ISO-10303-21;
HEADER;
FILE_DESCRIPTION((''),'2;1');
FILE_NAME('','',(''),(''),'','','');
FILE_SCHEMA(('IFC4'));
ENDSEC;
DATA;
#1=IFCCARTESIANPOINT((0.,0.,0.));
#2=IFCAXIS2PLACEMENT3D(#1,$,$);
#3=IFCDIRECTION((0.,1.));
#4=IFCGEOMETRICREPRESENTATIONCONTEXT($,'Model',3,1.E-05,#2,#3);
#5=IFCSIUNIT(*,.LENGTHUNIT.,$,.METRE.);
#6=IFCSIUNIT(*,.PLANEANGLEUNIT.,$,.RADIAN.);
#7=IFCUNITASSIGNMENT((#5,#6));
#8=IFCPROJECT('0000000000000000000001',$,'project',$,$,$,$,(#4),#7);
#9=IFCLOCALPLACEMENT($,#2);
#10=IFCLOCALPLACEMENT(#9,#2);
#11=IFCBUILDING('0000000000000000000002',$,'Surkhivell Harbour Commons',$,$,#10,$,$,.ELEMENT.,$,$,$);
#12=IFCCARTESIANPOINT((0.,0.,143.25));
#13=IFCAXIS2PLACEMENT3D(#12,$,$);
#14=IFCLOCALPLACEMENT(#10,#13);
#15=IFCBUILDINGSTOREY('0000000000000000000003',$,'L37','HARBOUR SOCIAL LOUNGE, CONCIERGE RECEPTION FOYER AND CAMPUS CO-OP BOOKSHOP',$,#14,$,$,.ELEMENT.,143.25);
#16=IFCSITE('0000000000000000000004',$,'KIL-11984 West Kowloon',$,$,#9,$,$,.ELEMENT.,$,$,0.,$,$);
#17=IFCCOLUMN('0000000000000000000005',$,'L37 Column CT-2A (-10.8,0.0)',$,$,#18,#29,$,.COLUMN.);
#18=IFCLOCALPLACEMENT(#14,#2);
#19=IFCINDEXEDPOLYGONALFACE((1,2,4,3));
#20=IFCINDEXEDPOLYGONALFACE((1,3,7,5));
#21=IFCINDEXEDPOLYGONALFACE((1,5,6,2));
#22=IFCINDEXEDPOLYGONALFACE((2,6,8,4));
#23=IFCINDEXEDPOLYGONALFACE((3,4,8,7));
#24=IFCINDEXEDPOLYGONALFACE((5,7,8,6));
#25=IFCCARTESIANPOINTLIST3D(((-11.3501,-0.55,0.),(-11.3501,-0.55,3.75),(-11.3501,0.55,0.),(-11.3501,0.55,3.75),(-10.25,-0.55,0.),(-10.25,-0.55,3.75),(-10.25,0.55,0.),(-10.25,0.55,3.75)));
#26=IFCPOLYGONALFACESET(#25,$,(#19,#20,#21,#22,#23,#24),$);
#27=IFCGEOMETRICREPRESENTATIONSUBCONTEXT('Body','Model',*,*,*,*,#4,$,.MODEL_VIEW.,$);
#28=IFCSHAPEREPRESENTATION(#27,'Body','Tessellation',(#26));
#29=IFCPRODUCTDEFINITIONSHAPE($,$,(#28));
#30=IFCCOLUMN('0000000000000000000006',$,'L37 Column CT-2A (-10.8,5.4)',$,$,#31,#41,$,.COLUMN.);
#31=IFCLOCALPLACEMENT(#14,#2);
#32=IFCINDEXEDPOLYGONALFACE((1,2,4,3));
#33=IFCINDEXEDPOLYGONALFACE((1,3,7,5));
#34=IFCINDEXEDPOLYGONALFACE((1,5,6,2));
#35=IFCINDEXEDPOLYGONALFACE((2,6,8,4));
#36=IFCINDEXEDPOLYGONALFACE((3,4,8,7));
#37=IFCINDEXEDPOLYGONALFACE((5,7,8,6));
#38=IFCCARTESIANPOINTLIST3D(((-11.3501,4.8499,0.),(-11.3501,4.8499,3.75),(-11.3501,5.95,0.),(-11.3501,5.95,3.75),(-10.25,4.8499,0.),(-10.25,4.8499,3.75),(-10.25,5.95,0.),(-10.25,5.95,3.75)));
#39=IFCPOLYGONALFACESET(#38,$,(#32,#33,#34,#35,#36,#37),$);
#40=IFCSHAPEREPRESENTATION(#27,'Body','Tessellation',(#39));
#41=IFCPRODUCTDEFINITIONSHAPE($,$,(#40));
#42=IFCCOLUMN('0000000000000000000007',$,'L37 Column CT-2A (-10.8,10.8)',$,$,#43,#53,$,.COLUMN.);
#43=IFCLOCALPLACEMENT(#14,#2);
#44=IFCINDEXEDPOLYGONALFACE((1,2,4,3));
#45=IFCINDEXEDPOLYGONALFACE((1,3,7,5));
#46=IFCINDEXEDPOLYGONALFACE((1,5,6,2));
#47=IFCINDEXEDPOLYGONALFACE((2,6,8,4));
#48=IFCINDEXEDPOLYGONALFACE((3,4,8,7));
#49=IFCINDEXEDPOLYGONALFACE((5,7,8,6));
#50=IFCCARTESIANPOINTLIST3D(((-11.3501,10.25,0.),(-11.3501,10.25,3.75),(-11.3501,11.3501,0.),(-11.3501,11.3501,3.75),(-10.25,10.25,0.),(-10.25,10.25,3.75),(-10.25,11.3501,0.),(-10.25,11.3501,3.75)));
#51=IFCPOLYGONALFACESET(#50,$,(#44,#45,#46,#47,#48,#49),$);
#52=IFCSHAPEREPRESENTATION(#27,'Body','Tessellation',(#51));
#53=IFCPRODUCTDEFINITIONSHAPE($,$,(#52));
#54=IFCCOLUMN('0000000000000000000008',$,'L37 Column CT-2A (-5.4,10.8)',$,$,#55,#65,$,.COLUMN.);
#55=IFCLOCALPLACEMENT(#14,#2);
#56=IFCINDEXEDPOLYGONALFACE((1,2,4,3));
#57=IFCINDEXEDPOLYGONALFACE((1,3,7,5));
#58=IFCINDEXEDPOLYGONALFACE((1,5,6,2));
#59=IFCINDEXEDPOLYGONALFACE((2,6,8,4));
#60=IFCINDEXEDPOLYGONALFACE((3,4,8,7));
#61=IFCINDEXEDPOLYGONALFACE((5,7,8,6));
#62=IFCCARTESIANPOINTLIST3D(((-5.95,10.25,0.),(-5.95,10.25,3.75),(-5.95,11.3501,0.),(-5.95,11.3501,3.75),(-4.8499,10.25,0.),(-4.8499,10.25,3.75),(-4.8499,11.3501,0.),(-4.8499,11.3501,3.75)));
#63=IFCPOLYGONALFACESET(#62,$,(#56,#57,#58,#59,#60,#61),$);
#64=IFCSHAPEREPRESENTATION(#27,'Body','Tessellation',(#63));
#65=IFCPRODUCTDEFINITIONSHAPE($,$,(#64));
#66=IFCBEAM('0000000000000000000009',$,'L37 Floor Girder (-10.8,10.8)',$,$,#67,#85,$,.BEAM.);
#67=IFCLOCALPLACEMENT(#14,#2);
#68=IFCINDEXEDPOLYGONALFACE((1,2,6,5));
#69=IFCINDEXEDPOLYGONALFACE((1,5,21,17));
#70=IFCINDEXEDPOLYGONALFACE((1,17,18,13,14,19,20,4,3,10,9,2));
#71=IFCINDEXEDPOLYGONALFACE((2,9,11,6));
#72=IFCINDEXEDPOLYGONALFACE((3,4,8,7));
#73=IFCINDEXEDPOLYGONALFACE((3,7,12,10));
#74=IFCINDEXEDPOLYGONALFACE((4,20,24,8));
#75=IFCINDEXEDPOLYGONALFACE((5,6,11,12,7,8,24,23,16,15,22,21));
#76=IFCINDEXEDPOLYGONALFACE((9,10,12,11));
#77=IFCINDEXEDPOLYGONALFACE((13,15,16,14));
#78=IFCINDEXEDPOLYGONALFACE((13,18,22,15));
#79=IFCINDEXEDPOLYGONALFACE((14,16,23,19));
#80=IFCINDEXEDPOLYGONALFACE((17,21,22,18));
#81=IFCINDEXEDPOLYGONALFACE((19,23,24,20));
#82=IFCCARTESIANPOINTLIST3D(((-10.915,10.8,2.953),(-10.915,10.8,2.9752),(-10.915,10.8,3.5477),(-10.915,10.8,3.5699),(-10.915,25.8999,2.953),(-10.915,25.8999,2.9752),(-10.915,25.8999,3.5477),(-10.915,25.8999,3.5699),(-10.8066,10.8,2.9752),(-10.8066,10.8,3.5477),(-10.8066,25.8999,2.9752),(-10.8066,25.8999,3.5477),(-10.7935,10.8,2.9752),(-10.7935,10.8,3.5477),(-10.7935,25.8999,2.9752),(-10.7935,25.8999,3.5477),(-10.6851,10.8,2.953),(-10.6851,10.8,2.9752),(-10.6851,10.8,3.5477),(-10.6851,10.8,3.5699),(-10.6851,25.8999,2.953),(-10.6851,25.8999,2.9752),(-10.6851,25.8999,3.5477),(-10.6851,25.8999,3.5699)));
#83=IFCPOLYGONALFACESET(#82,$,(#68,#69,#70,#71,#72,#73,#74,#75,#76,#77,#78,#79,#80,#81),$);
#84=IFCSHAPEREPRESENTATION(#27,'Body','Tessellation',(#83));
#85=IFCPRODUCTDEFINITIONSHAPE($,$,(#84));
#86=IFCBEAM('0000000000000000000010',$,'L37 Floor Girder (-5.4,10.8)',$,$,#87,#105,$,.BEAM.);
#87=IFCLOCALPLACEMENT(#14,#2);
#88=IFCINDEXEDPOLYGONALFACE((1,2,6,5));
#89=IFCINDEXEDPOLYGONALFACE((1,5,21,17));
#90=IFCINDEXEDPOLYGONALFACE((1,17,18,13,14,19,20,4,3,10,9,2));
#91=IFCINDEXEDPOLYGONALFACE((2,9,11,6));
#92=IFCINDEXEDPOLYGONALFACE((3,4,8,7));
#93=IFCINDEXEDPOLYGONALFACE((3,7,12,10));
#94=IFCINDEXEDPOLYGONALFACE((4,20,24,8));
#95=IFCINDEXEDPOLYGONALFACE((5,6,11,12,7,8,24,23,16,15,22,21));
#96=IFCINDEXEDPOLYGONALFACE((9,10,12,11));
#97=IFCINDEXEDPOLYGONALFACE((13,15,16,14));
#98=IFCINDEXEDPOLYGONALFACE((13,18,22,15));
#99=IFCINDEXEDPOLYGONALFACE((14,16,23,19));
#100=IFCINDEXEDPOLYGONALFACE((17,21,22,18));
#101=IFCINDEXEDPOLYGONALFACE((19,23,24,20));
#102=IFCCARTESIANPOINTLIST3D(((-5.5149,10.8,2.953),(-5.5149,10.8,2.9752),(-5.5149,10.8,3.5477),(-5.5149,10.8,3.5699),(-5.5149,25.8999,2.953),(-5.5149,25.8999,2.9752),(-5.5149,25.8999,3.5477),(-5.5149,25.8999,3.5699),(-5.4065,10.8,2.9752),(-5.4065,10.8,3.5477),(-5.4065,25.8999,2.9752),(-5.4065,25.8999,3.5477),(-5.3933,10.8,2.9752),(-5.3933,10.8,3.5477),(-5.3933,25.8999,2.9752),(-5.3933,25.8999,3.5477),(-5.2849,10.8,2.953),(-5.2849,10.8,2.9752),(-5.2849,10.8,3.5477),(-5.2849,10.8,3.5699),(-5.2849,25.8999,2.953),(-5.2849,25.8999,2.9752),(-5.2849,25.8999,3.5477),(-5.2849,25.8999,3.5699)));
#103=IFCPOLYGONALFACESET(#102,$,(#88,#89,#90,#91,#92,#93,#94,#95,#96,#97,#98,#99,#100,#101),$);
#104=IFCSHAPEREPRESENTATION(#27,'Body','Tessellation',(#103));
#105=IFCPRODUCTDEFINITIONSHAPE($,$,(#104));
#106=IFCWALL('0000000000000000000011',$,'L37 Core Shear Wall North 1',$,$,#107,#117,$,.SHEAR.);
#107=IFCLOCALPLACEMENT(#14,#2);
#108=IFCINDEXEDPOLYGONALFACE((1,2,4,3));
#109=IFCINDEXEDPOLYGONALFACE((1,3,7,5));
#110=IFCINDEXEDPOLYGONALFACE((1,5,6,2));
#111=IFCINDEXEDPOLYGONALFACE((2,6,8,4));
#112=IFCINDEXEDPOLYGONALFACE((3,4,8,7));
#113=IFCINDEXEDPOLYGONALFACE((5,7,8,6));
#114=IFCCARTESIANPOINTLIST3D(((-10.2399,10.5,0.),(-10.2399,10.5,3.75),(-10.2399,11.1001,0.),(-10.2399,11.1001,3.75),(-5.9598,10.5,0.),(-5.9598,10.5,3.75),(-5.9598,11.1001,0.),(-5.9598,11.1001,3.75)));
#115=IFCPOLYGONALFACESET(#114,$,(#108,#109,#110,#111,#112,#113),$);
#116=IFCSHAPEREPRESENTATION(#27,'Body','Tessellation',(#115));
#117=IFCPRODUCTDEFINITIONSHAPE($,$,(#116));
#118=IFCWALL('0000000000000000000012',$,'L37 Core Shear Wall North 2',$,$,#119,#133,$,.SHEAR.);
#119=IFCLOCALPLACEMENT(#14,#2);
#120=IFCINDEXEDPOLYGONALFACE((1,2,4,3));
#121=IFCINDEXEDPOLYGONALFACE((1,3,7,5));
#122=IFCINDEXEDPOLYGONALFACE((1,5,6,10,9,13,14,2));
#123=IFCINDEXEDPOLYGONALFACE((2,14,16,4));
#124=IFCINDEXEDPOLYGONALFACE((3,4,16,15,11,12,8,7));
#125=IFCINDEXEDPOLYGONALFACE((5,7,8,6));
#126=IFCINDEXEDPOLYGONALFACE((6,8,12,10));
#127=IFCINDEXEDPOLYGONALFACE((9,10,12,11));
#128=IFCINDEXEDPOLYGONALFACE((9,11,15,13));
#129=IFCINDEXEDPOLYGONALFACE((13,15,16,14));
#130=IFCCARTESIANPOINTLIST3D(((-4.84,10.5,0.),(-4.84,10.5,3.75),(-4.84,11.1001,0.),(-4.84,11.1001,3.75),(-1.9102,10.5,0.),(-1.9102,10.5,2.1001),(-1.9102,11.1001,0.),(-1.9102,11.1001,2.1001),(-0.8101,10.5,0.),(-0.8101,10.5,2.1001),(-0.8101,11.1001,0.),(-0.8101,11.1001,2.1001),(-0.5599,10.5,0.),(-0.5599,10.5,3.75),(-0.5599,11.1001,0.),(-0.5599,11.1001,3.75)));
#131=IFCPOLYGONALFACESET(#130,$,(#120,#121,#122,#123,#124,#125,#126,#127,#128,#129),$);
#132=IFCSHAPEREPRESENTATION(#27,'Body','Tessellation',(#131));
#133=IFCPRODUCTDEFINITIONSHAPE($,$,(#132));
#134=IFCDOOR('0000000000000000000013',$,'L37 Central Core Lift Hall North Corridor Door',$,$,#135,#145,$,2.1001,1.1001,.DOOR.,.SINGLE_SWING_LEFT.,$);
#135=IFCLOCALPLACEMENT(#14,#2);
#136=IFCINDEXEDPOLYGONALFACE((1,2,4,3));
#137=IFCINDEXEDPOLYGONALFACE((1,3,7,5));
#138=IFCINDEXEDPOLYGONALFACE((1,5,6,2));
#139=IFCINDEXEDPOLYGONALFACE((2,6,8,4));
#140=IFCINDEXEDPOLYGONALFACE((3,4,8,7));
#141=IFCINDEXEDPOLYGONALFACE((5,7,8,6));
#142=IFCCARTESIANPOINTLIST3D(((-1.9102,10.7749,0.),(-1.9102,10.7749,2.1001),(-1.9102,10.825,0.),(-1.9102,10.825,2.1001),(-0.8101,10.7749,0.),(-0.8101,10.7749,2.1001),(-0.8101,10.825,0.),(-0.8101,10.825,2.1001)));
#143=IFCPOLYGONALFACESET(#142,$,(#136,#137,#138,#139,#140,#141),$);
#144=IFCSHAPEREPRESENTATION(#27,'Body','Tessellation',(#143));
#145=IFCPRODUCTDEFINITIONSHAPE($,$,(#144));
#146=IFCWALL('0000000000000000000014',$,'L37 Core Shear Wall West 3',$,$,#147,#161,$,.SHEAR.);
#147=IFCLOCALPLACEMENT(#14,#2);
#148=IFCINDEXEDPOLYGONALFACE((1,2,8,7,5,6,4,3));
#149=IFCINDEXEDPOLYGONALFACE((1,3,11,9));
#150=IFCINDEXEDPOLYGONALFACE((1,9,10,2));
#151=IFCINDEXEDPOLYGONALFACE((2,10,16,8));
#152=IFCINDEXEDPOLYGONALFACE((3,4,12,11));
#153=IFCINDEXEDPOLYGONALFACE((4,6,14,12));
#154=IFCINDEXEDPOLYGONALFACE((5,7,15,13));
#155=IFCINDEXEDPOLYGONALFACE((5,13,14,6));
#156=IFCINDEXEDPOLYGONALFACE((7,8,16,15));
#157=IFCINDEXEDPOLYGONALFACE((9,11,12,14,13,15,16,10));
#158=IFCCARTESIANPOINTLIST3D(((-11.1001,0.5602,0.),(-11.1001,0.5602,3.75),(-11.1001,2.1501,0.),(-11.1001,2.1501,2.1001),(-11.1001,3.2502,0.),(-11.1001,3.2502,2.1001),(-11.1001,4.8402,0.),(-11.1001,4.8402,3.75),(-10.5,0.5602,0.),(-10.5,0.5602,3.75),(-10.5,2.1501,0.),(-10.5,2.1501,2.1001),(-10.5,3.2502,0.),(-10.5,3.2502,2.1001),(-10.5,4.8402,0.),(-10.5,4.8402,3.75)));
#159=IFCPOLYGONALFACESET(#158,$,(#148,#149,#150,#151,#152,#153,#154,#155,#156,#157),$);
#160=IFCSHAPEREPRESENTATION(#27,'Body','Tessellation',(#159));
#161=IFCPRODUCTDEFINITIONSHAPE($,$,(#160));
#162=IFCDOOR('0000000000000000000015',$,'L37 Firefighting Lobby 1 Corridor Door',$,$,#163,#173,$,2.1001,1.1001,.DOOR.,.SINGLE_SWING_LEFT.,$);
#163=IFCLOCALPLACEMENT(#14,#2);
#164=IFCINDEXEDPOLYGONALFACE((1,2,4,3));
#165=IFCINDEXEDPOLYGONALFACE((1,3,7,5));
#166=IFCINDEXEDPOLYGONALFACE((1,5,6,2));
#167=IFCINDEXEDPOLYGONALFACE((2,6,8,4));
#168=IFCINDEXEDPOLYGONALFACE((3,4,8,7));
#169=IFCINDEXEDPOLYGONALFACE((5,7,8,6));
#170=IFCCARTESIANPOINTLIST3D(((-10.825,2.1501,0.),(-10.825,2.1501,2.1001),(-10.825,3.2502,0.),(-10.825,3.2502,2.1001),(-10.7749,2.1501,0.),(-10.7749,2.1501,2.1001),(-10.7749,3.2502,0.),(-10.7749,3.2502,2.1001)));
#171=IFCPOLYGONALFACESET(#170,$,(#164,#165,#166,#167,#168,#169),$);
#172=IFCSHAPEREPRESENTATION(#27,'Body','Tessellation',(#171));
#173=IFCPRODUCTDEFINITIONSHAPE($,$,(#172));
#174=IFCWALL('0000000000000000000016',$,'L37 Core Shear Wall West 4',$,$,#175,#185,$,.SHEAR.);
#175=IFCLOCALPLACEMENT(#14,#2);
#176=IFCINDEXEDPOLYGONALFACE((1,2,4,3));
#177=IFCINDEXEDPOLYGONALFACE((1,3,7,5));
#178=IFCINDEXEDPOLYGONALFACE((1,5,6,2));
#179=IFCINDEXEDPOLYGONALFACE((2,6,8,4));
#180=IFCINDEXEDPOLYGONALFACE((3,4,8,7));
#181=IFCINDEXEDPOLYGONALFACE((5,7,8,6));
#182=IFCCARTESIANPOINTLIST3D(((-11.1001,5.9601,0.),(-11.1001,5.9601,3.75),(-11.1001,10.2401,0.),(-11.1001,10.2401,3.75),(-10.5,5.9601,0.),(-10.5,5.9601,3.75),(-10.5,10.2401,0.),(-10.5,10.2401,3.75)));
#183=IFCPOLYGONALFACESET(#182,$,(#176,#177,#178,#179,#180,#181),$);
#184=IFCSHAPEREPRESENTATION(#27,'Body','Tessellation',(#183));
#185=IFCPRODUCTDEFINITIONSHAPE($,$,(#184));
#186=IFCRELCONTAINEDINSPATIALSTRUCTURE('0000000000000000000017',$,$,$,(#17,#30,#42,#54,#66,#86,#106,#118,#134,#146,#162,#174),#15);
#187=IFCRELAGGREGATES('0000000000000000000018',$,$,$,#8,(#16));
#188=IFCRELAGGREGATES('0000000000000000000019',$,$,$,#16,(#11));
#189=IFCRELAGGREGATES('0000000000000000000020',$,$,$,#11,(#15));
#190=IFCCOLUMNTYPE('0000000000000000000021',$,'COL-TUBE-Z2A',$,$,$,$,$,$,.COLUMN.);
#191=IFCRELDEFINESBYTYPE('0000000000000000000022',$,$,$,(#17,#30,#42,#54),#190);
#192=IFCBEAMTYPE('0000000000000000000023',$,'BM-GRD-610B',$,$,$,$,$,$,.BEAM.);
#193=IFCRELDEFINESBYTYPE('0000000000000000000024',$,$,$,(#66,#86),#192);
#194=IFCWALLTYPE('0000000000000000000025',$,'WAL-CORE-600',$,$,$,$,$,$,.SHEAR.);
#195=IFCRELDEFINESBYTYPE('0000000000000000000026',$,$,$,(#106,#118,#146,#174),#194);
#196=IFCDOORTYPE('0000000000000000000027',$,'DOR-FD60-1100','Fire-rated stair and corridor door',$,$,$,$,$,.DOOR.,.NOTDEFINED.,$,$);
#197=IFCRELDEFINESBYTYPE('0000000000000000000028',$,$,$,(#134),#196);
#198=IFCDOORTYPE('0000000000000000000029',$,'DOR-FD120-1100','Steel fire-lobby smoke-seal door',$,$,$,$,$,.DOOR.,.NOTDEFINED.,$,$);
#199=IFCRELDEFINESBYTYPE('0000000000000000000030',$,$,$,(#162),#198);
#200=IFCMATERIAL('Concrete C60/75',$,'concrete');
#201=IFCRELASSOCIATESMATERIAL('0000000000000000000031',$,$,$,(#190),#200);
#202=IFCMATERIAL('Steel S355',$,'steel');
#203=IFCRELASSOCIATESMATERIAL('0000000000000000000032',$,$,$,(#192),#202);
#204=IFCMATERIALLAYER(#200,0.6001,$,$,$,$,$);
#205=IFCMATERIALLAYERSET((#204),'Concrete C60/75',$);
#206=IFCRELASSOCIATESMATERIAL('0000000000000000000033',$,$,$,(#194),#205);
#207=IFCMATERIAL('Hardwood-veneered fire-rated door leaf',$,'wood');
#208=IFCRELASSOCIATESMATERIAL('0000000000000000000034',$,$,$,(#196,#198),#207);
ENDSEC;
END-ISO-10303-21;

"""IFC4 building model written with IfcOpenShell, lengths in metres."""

from ifc_helpers import new_model, si_unit, direction, frame, frame_2d, origin, origin_2d, place, context, subcontext, project, spatial, rectangle, i_section, extrude, material, layer, layer_set, material_profile, profile_set, type_object, element, fill, save


model = new_model("IFC4")

# Units and contexts
model_context = context("Model", 3, precision=1e-05, world=origin(), true_north=direction((0.0, 1.0)))
body_context = subcontext(model_context, "Body", "Model", "MODEL_VIEW")
ifc_project = project(units=[si_unit("LENGTHUNIT", "METRE"), si_unit("PLANEANGLEUNIT", "RADIAN")], contexts=[model_context])

# Site, building, storey
site_placement = place(None, origin())
site = spatial("IfcSite", under=ifc_project, at=site_placement, Name="KIL-11984 West Kowloon", CompositionType="ELEMENT", RefElevation=0.0)
building_placement = place(site_placement, origin())
building = spatial("IfcBuilding", under=site, at=building_placement, Name="Surkhivell Harbour Commons", CompositionType="ELEMENT")
storey_placement = place(building_placement, frame((0.0, 0.0, 143.25)))
storey = spatial("IfcBuildingStorey", under=building, at=storey_placement, Name="L37", Description="HARBOUR SOCIAL LOUNGE, CONCIERGE RECEPTION FOYER AND CAMPUS CO-OP BOOKSHOP", CompositionType="ELEMENT", Elevation=143.25)

# Columns
ifc_material_1 = material(Name="Concrete C60/75", Category="concrete")
ifc_material_profile_1 = material_profile(ifc_material_1, rectangle(XDim=1.1001, YDim=1.1001, at=origin_2d()), Name="RC-COL-1100x1100")
ifc_profile_set_1 = profile_set([ifc_material_profile_1], Name="Concrete C60/75")
column_type = type_object("IfcColumnType", Name="COL-TUBE-Z2A", PredefinedType="COLUMN", material=ifc_profile_set_1)
for number, where, z_axis, x_axis, name in (
    (1, (-10.8, 0.0, 0.0), (0.0, 0.0, 1.0), (1.0, 0.0, 0.0), "L37 Column CT-2A (-10.8,0.0)"),
    (2, (-10.8, 5.3999, 0.0), (0.0, 0.0, 1.0), (1.0, 0.0, 0.0), "L37 Column CT-2A (-10.8,5.4)"),
    (3, (-10.8, 10.8, 0.0), (0.0, 0.0, 1.0), (1.0, 0.0, 0.0), "L37 Column CT-2A (-10.8,10.8)"),
    (4, (-5.3999, 10.8, 0.0), (0.0, 0.0, 1.0), (1.0, 0.0, 0.0), "L37 Column CT-2A (-5.4,10.8)"),
):
    element("IfcColumn", number, at=place(storey_placement, frame(where, z_axis=z_axis, x_axis=x_axis)), inside=storey, type_object=column_type, Name=name, PredefinedType="COLUMN", context=body_context, shape_type="SweptSolid", body=[
        extrude(rectangle(XDim=1.1001, YDim=1.1001, at=origin_2d()), origin(), (0.0, 0.0, 1.0), 3.75),
    ])

# Beams
ifc_material_2 = material(Name="Steel S355", Category="steel")
ifc_material_profile_2 = material_profile(ifc_material_2, i_section(OverallWidth=0.23, OverallDepth=0.6169, WebThickness=0.0132, FlangeThickness=0.0222, at=origin_2d()), Name="UB610x229x140")
ifc_profile_set_2 = profile_set([ifc_material_profile_2], Name="Steel S355")
beam_type = type_object("IfcBeamType", Name="BM-GRD-610B", PredefinedType="BEAM", material=ifc_profile_set_2)
for number, where, z_axis, x_axis, name in (
    (5, (-10.8, 10.8, 3.2615), (0.0, 1.0, 0.0), (-1.0, 0.0, 0.0), "L37 Floor Girder (-10.8,10.8)"),
    (6, (-5.3999, 10.8, 3.2615), (0.0, 1.0, 0.0), (-1.0, 0.0, 0.0), "L37 Floor Girder (-5.4,10.8)"),
):
    element("IfcBeam", number, at=place(storey_placement, frame(where, z_axis=z_axis, x_axis=x_axis)), inside=storey, type_object=beam_type, Name=name, PredefinedType="BEAM", context=body_context, shape_type="SweptSolid", body=[
        extrude(i_section(OverallWidth=0.23, OverallDepth=0.6169, WebThickness=0.0132, FlangeThickness=0.0222, at=origin_2d()), origin(), (0.0, 0.0, 1.0), 15.0999),
    ])

# Wall
ifc_layer_1 = layer(ifc_material_1, 0.6001)
ifc_layer_set_1 = layer_set([ifc_layer_1], Name="Concrete C60/75")
wall_type_1 = type_object("IfcWallType", Name="WAL-CORE-600", PredefinedType="SHEAR", material=ifc_layer_set_1)
wall_1_placement = place(storey_placement, frame((-10.24, 10.8, 0.0), z_axis=(0.0, 0.0, 1.0), x_axis=(1.0, 0.0, 0.0)))
element("IfcWall", 7, at=wall_1_placement, inside=storey, type_object=wall_type_1, Name="L37 Core Shear Wall North 1", PredefinedType="SHEAR", context=body_context, shape_type="SweptSolid", body=[
    extrude(rectangle(XDim=4.28, YDim=0.6001, at=frame_2d((2.1401, 0.0))), origin(), (0.0, 0.0, 1.0), 3.75),
])

# Walls, openings, doors
wall_2_placement = place(storey_placement, frame((-4.8401, 10.8, 0.0), z_axis=(0.0, 0.0, 1.0), x_axis=(1.0, 0.0, 0.0)))
wall_2 = element("IfcWall", 8, at=wall_2_placement, inside=storey, type_object=wall_type_1, Name="L37 Core Shear Wall North 2", PredefinedType="SHEAR", context=body_context, shape_type="SweptSolid", body=[
    extrude(rectangle(XDim=4.28, YDim=0.6001, at=frame_2d((2.1401, 0.0))), origin(), (0.0, 0.0, 1.0), 3.75),
])
opening_1_placement = place(wall_2_placement, frame((2.9299, 0.0, 0.0)))
opening_1 = element("IfcOpeningElement", 9, at=opening_1_placement, cuts=wall_2, PredefinedType="OPENING", context=body_context, shape_type="SweptSolid", body=[
    extrude(rectangle(XDim=1.1001, YDim=2.1001, at=frame_2d((0.55, 1.05))), frame((0.0, 0.3101, 0.0), z_axis=(0.0, -1.0, 0.0), x_axis=(1.0, 0.0, 0.0)), (0.0, 0.0, 1.0), 0.6201),
])
ifc_material_3 = material(Name="Hardwood-veneered fire-rated door leaf", Category="wood")
door_type_1 = type_object("IfcDoorType", Name="DOR-FD60-1100", Description="Fire-rated stair and corridor door", OperationType="NOTDEFINED", PredefinedType="DOOR", material=ifc_material_3)
door_1_placement = place(opening_1_placement, origin())
door_1 = element("IfcDoor", 10, at=door_1_placement, inside=storey, type_object=door_type_1, Name="L37 Central Core Lift Hall North Corridor Door", OperationType="SINGLE_SWING_LEFT", OverallHeight=2.1001, OverallWidth=1.1001, PredefinedType="DOOR", context=body_context, shape_type="SweptSolid", body=[
    extrude(rectangle(XDim=1.1001, YDim=2.1001, at=frame_2d((0.55, 1.05))), frame((0.0, 0.0249, 0.0), z_axis=(0.0, -1.0, 0.0), x_axis=(1.0, 0.0, 0.0)), (0.0, 0.0, 1.0), 0.05),
])
fill(opening_1, door_1)
wall_3_placement = place(storey_placement, frame((-10.8, 0.5601, 0.0), z_axis=(0.0, 0.0, 1.0), x_axis=(0.0, 1.0, 0.0)))
wall_3 = element("IfcWall", 11, at=wall_3_placement, inside=storey, type_object=wall_type_1, Name="L37 Core Shear Wall West 3", PredefinedType="SHEAR", context=body_context, shape_type="SweptSolid", body=[
    extrude(rectangle(XDim=4.28, YDim=0.6001, at=frame_2d((2.1401, 0.0))), origin(), (0.0, 0.0, 1.0), 3.75),
])
opening_2_placement = place(wall_3_placement, frame((1.5901, 0.0, 0.0)))
opening_2 = element("IfcOpeningElement", 12, at=opening_2_placement, cuts=wall_3, PredefinedType="OPENING", context=body_context, shape_type="SweptSolid", body=[
    extrude(rectangle(XDim=1.1001, YDim=2.1001, at=frame_2d((0.55, 1.05))), frame((0.0, 0.3101, 0.0), z_axis=(0.0, -1.0, 0.0), x_axis=(1.0, 0.0, 0.0)), (0.0, 0.0, 1.0), 0.6201),
])
door_type_2 = type_object("IfcDoorType", Name="DOR-FD120-1100", Description="Steel fire-lobby smoke-seal door", OperationType="NOTDEFINED", PredefinedType="DOOR", material=ifc_material_3)
door_2_placement = place(opening_2_placement, origin())
door_2 = element("IfcDoor", 13, at=door_2_placement, inside=storey, type_object=door_type_2, Name="L37 Firefighting Lobby 1 Corridor Door", OperationType="SINGLE_SWING_LEFT", OverallHeight=2.1001, OverallWidth=1.1001, PredefinedType="DOOR", context=body_context, shape_type="SweptSolid", body=[
    extrude(rectangle(XDim=1.1001, YDim=2.1001, at=frame_2d((0.55, 1.05))), frame((0.0, 0.0249, 0.0), z_axis=(0.0, -1.0, 0.0), x_axis=(1.0, 0.0, 0.0)), (0.0, 0.0, 1.0), 0.05),
])
fill(opening_2, door_2)

# Wall
wall_4_placement = place(storey_placement, frame((-10.8, 5.96, 0.0), z_axis=(0.0, 0.0, 1.0), x_axis=(0.0, 1.0, 0.0)))
element("IfcWall", 14, at=wall_4_placement, inside=storey, type_object=wall_type_1, Name="L37 Core Shear Wall West 4", PredefinedType="SHEAR", context=body_context, shape_type="SweptSolid", body=[
    extrude(rectangle(XDim=4.28, YDim=0.6001, at=frame_2d((2.1401, 0.0))), origin(), (0.0, 0.0, 1.0), 3.75),
])

save(model, "model.ifc")
